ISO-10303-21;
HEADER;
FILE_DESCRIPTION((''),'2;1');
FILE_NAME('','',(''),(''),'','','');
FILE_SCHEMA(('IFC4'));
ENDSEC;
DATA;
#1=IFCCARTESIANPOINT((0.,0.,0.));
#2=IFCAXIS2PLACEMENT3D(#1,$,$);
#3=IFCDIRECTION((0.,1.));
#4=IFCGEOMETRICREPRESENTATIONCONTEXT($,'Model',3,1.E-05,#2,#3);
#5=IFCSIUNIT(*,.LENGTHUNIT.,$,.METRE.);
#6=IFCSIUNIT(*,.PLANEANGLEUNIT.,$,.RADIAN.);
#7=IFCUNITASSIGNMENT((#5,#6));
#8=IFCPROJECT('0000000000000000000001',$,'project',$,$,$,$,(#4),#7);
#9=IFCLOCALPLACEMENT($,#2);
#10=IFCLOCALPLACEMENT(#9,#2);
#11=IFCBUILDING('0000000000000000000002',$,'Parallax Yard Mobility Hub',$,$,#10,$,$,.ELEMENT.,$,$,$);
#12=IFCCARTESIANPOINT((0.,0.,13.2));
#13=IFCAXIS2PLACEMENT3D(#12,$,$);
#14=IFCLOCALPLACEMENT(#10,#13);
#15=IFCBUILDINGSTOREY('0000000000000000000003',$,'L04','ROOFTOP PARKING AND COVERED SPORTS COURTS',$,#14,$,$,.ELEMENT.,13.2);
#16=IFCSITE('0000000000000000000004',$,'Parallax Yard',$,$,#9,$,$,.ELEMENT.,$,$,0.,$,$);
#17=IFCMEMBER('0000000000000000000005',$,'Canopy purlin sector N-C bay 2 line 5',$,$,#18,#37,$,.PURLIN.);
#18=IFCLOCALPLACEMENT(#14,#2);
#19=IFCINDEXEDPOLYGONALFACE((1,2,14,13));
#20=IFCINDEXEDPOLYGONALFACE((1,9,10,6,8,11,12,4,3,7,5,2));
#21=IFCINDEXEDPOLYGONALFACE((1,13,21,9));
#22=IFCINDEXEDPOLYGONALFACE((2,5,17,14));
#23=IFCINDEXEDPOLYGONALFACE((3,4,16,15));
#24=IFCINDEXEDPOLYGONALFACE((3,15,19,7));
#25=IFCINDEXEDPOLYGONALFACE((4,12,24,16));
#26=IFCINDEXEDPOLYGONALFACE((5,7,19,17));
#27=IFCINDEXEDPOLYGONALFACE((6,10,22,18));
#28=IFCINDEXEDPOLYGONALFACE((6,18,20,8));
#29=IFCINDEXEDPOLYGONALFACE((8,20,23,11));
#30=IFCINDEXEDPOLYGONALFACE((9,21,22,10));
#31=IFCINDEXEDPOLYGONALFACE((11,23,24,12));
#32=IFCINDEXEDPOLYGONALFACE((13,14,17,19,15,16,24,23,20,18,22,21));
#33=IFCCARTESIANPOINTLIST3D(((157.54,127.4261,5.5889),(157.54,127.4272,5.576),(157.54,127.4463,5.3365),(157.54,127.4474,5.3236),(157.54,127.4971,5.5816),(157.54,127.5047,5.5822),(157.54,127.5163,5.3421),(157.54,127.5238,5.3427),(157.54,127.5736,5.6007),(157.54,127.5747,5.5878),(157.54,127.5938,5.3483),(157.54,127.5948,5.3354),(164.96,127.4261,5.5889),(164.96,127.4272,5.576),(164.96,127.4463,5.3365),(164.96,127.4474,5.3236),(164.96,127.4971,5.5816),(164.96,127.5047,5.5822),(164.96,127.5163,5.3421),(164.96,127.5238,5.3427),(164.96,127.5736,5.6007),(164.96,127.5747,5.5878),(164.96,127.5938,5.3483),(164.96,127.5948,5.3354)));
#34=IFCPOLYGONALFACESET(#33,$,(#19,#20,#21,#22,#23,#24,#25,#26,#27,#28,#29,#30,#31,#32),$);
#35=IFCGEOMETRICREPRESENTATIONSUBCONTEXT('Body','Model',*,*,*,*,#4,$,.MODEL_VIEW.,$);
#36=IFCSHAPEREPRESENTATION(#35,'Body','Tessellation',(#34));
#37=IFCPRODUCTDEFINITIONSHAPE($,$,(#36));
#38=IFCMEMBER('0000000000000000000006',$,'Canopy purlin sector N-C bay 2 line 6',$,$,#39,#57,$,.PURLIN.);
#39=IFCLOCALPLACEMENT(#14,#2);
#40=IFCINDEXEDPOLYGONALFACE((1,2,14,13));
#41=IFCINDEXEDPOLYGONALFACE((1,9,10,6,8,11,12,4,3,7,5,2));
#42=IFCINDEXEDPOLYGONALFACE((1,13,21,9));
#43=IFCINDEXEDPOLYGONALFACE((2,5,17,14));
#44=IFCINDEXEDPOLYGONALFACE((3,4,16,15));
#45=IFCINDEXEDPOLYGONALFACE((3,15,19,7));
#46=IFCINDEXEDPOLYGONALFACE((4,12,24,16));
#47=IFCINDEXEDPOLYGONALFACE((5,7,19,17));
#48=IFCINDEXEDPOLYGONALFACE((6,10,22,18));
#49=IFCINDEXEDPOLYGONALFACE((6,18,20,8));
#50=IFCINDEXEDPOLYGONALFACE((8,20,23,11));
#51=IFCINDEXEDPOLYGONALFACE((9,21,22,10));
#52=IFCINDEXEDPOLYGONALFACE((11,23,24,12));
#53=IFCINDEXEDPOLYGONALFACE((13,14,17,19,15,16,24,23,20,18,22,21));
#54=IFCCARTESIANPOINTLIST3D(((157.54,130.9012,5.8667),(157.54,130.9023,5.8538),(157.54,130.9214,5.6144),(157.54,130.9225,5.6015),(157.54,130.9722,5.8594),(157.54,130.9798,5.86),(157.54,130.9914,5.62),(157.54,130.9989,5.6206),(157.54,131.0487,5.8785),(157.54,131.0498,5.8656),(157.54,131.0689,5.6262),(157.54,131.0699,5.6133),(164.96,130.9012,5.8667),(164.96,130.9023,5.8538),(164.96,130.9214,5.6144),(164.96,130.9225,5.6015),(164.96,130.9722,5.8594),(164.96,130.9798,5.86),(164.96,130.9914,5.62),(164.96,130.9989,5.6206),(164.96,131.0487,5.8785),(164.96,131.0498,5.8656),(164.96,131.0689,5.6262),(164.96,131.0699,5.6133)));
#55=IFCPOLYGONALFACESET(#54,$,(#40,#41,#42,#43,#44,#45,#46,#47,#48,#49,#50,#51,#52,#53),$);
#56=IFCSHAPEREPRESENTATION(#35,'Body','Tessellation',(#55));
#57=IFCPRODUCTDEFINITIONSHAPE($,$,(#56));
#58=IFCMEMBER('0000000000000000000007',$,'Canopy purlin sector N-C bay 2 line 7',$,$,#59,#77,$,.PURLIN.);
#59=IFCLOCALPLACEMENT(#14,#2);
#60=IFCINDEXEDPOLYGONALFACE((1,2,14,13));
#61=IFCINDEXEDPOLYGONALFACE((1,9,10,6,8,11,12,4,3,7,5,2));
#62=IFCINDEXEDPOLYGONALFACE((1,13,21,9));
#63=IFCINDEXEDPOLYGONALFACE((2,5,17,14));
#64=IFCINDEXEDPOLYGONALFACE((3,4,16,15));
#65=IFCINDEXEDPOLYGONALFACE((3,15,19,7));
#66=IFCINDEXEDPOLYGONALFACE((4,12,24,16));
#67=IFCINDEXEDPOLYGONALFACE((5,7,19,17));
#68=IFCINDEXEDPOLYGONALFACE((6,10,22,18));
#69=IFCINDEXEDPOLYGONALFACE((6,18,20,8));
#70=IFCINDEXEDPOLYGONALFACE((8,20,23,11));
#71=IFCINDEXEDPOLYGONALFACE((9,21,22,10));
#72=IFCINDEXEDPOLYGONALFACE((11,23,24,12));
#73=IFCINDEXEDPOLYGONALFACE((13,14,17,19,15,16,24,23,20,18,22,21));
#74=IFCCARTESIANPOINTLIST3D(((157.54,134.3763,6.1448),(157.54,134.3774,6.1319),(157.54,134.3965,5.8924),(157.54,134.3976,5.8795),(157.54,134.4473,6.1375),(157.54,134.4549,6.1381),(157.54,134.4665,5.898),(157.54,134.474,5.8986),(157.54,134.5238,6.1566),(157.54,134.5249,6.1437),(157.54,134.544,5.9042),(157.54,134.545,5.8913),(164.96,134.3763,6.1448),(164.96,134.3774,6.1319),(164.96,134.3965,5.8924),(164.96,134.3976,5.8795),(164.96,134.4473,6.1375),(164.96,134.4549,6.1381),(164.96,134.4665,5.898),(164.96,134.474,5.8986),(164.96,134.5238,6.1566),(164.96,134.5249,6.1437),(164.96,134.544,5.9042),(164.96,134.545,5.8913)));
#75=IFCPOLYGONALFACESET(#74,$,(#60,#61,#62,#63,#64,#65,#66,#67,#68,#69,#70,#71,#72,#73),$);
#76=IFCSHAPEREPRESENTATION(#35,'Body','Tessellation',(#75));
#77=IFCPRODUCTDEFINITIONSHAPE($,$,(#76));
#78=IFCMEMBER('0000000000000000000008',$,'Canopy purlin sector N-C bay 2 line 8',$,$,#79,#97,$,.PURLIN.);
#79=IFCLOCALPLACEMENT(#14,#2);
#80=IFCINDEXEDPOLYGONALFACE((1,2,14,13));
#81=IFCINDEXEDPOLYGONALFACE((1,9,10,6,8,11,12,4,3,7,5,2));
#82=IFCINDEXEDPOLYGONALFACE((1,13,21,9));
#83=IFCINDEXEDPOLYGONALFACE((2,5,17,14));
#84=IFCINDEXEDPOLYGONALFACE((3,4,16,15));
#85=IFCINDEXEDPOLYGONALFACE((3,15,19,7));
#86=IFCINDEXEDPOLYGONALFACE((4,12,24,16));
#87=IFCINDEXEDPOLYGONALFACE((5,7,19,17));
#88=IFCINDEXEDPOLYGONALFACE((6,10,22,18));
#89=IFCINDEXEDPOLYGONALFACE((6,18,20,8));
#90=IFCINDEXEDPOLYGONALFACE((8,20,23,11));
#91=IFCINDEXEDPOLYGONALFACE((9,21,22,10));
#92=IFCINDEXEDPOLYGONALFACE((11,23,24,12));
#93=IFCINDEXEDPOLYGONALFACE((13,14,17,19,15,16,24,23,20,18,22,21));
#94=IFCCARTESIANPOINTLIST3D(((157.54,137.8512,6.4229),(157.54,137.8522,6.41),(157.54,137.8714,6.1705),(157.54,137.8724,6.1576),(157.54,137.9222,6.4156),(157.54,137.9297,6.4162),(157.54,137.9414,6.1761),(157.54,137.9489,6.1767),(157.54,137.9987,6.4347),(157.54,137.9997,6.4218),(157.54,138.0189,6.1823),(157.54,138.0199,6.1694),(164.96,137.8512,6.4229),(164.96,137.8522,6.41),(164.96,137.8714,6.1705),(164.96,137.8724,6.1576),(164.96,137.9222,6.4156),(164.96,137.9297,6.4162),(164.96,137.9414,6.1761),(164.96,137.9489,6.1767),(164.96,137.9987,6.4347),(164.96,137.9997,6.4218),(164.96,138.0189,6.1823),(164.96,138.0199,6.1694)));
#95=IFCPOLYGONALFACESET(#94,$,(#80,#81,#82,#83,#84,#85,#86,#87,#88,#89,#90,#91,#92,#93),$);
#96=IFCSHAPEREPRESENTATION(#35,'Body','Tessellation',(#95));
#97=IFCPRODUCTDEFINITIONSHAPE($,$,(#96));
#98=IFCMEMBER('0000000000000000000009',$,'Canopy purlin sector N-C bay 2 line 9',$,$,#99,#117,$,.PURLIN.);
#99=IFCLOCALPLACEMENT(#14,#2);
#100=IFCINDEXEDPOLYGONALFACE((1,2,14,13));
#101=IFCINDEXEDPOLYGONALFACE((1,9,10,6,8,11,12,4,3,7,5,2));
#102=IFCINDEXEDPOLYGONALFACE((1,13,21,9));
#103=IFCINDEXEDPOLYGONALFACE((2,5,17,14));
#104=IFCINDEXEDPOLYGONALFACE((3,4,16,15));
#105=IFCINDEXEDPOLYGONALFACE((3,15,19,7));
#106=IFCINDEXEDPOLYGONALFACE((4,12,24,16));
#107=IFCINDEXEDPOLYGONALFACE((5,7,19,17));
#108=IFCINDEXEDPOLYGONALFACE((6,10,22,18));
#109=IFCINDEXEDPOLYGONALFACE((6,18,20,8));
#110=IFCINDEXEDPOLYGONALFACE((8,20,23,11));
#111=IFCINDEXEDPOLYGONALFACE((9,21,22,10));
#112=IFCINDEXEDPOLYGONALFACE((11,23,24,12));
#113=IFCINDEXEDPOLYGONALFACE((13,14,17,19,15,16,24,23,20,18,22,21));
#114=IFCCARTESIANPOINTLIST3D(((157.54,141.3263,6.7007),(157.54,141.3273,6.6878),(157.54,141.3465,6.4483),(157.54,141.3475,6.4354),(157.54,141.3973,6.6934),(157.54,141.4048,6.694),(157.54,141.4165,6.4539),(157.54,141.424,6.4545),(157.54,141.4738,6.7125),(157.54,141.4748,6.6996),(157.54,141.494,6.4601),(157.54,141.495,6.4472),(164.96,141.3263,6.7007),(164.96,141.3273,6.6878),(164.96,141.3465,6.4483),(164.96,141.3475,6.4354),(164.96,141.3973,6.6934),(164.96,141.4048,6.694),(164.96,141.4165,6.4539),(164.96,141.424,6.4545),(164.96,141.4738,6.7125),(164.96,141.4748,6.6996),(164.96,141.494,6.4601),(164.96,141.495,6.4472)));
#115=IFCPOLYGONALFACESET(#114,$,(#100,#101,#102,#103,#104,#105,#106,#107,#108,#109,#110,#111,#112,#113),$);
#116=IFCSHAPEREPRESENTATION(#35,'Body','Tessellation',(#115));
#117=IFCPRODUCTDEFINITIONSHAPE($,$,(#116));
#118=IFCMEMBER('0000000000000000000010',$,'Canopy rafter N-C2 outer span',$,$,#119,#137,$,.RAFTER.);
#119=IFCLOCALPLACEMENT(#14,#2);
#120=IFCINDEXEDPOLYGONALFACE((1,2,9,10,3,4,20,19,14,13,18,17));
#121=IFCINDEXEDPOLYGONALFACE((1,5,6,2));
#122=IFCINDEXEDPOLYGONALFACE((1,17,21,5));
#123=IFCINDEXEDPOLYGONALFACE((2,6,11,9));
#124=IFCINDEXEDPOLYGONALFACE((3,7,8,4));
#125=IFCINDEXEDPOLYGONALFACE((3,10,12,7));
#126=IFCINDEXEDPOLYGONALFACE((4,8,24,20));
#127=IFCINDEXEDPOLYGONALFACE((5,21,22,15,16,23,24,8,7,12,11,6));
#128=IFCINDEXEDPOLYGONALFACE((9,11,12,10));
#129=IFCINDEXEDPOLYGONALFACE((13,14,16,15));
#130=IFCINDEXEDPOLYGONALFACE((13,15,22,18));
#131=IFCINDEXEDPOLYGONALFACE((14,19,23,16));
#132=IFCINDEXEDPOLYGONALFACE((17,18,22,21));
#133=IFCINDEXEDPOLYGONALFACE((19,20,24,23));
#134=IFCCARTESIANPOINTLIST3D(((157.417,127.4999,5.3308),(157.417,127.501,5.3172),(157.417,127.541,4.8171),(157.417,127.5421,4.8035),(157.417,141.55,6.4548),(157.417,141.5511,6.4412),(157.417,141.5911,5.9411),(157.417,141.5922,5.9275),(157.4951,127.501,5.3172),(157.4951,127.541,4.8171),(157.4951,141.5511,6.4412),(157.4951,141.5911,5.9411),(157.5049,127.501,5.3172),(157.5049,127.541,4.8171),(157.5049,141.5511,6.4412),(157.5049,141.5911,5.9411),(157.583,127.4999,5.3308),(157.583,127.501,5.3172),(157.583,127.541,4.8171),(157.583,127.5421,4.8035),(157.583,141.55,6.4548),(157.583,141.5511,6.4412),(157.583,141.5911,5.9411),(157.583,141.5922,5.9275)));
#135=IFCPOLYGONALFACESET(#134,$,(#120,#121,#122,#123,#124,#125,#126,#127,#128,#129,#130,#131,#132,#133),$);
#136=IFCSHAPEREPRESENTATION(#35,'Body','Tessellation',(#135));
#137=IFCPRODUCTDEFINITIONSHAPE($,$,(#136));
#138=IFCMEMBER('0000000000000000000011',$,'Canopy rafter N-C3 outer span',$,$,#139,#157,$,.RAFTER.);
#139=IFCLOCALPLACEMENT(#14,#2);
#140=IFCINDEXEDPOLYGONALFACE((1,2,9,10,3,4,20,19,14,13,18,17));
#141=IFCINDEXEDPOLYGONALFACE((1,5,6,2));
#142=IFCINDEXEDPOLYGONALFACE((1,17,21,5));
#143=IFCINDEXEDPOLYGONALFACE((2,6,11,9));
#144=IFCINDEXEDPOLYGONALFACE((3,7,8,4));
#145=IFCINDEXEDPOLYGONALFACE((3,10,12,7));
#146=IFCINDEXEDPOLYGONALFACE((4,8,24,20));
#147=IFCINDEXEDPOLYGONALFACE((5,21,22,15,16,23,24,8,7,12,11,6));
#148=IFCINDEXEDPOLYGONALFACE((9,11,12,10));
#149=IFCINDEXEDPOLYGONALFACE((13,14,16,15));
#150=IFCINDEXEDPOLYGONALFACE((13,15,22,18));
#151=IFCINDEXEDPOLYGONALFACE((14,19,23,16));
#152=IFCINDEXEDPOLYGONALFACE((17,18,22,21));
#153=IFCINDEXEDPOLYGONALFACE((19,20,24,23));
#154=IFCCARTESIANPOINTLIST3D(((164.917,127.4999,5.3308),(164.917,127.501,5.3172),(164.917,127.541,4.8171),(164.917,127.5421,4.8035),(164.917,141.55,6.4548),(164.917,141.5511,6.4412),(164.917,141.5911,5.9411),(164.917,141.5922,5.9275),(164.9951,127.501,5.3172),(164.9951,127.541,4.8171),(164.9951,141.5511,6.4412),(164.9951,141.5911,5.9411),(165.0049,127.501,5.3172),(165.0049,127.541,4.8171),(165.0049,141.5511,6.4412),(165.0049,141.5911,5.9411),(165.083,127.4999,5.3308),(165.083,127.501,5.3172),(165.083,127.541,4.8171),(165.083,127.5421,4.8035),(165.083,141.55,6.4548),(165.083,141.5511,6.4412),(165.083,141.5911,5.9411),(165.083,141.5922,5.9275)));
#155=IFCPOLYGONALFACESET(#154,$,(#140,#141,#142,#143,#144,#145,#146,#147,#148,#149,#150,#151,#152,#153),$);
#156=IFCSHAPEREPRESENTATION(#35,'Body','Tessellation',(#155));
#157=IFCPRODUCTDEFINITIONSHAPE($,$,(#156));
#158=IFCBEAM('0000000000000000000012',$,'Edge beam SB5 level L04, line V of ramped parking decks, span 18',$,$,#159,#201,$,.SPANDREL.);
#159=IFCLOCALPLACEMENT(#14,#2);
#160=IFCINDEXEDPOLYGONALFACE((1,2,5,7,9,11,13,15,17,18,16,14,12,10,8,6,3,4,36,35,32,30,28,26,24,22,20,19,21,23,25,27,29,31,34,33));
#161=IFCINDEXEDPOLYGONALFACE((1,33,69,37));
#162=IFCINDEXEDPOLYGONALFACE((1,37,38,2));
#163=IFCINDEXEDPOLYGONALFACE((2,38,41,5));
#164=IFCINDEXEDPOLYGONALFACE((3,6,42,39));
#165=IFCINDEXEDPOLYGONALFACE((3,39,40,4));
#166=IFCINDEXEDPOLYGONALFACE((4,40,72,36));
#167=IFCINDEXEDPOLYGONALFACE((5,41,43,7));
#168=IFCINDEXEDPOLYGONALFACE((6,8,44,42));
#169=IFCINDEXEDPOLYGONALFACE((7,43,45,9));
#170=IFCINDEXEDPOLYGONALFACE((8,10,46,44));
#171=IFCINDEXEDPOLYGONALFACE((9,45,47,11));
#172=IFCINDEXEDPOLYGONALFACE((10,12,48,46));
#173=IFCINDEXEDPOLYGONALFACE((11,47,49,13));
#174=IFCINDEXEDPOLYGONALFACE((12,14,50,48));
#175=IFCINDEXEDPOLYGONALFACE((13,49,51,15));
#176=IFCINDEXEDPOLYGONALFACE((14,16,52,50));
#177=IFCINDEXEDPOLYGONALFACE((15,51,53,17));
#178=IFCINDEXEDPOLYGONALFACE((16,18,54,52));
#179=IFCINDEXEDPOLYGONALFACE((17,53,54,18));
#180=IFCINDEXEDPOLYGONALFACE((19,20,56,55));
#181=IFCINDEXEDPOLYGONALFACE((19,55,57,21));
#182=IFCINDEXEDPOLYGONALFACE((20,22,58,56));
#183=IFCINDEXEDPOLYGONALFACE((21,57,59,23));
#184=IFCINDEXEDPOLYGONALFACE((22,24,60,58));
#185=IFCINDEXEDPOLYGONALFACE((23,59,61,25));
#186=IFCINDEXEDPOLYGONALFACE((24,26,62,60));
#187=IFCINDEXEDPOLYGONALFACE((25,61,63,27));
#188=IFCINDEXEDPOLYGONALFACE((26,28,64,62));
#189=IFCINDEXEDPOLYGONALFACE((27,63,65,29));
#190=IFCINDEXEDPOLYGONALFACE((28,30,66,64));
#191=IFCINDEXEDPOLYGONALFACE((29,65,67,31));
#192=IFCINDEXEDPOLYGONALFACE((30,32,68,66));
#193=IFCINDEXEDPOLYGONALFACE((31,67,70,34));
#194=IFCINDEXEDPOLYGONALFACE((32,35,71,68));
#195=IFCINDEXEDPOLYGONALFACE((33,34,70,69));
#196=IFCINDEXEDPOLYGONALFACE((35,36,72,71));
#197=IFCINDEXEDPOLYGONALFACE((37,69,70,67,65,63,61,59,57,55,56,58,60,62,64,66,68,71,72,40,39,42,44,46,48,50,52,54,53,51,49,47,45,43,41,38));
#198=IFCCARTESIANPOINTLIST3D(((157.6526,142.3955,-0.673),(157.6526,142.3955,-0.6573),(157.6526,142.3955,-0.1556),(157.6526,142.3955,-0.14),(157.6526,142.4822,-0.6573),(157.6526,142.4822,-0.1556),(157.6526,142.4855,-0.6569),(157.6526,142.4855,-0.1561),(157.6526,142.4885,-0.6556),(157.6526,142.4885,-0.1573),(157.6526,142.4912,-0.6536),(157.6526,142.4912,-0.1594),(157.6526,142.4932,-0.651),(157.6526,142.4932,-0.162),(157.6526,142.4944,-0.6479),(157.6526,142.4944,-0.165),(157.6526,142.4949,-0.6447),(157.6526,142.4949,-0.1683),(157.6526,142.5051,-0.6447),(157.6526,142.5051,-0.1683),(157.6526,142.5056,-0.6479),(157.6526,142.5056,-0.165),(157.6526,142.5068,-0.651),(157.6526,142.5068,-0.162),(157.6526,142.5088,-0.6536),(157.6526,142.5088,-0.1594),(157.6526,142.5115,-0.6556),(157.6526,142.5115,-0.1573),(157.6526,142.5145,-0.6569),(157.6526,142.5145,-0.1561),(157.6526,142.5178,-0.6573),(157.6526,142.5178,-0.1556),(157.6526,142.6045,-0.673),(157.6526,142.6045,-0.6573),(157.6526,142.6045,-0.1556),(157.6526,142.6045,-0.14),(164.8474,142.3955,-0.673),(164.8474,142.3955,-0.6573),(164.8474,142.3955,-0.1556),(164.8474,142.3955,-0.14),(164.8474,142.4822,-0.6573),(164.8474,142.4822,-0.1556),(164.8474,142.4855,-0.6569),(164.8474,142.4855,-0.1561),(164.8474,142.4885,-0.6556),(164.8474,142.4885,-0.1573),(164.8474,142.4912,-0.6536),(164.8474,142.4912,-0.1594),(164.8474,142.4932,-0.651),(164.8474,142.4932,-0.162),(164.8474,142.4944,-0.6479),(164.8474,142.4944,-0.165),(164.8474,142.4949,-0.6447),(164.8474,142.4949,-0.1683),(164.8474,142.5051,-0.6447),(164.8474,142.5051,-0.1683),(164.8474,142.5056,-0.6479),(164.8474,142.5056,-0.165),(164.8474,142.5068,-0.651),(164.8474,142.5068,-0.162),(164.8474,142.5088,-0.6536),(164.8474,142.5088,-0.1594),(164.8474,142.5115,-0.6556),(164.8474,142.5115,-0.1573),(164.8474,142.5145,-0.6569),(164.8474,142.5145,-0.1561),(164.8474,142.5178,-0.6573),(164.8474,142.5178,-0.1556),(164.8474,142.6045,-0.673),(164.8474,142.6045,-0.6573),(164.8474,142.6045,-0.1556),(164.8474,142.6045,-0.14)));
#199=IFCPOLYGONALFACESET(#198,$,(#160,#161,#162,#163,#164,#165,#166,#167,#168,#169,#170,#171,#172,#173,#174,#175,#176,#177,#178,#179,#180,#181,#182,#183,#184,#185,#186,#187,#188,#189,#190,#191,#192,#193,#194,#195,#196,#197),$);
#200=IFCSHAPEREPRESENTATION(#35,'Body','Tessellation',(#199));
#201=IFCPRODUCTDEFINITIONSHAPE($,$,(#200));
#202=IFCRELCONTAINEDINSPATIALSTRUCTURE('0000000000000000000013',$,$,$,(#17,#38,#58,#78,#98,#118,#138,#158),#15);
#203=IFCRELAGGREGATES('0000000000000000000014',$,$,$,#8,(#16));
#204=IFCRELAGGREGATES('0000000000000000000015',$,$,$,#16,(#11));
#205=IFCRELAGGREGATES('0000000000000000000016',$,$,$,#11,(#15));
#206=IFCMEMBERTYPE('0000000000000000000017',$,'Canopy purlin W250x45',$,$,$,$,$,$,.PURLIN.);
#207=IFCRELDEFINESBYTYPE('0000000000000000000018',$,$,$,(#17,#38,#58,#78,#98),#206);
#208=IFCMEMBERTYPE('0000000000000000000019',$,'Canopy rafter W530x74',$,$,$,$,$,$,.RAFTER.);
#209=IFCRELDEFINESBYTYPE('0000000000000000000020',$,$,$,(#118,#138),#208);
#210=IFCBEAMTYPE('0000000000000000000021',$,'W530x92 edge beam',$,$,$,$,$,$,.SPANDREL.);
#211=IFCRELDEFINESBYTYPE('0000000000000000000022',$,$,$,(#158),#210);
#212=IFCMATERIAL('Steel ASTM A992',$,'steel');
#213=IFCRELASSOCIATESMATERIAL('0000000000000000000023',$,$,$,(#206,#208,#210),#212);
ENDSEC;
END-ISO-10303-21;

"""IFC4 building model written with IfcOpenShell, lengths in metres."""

from ifc_helpers import new_model, si_unit, direction, frame, origin, origin_2d, place, context, subcontext, project, spatial, i_section, extrude, material, material_profile, profile_set, type_object, element, save


model = new_model("IFC4")

# Units and contexts
model_context = context("Model", 3, precision=1e-05, world=origin(), true_north=direction((0.0, 1.0)))
body_context = subcontext(model_context, "Body", "Model", "MODEL_VIEW")
ifc_project = project(units=[si_unit("LENGTHUNIT", "METRE"), si_unit("PLANEANGLEUNIT", "RADIAN")], contexts=[model_context])

# Site, building, storey
site_placement = place(None, origin())
site = spatial("IfcSite", under=ifc_project, at=site_placement, Name="Parallax Yard", CompositionType="ELEMENT", RefElevation=0.0)
building_placement = place(site_placement, origin())
building = spatial("IfcBuilding", under=site, at=building_placement, Name="Parallax Yard Mobility Hub", CompositionType="ELEMENT")
storey_placement = place(building_placement, frame((0.0, 0.0, 13.2)))
storey = spatial("IfcBuildingStorey", under=building, at=storey_placement, Name="L04", Description="ROOFTOP PARKING AND COVERED SPORTS COURTS", CompositionType="ELEMENT", Elevation=13.2)

# Members
ifc_material_1 = material(Name="Steel ASTM A992", Category="steel")
ifc_material_profile_1 = material_profile(ifc_material_1, i_section(OverallWidth=0.1479, OverallDepth=0.2661, WebThickness=0.0076, FlangeThickness=0.0129, at=origin_2d()), Name="W250x45")
ifc_profile_set_1 = profile_set([ifc_material_profile_1], Name="Steel ASTM A992")
member_type_1 = type_object("IfcMemberType", Name="Canopy purlin W250x45", PredefinedType="PURLIN", material=ifc_profile_set_1)
for number, where, z_axis, x_axis, name in (
    (1, (157.54, 127.5105, 5.4622), (1.0, 0.0, 0.0), (0.0, 0.996815, 0.079745), "Canopy purlin sector N-C bay 2 line 5"),
    (2, (157.54, 130.9856, 5.74), (1.0, 0.0, 0.0), (0.0, 0.996815, 0.079745), "Canopy purlin sector N-C bay 2 line 6"),
    (3, (157.54, 134.4607, 6.0181), (1.0, 0.0, 0.0), (0.0, 0.996815, 0.079745), "Canopy purlin sector N-C bay 2 line 7"),
    (4, (157.54, 137.9355, 6.2961), (1.0, 0.0, 0.0), (0.0, 0.996815, 0.079745), "Canopy purlin sector N-C bay 2 line 8"),
    (5, (157.54, 141.4106, 6.574), (1.0, 0.0, 0.0), (0.0, 0.996815, 0.079745), "Canopy purlin sector N-C bay 2 line 9"),
):
    element("IfcMember", number, at=place(storey_placement, frame(where, z_axis=z_axis, x_axis=x_axis)), inside=storey, type_object=member_type_1, Name=name, PredefinedType="PURLIN", context=body_context, shape_type="SweptSolid", body=[
        extrude(i_section(OverallWidth=0.1479, OverallDepth=0.2661, WebThickness=0.0076, FlangeThickness=0.0129, at=origin_2d()), origin(), (0.0, 0.0, 1.0), 7.4199),
    ])
ifc_material_profile_2 = material_profile(ifc_material_1, i_section(OverallWidth=0.166, OverallDepth=0.5291, WebThickness=0.0098, FlangeThickness=0.0137, at=origin_2d()), Name="W530x74")
ifc_profile_set_2 = profile_set([ifc_material_profile_2], Name="Steel ASTM A992")
member_type_2 = type_object("IfcMemberType", Name="Canopy rafter W530x74", PredefinedType="RAFTER", material=ifc_profile_set_2)
for number, where, z_axis, x_axis, name in (
    (6, (157.5, 127.521, 5.0671), (0.0, 0.996815, 0.079747), (-1.0, 0.0, 0.0), "Canopy rafter N-C2 outer span"),
    (7, (165.0, 127.521, 5.0671), (0.0, 0.996815, 0.079747), (-1.0, 0.0, 0.0), "Canopy rafter N-C3 outer span"),
):
    element("IfcMember", number, at=place(storey_placement, frame(where, z_axis=z_axis, x_axis=x_axis)), inside=storey, type_object=member_type_2, Name=name, PredefinedType="RAFTER", context=body_context, shape_type="SweptSolid", body=[
        extrude(i_section(OverallWidth=0.166, OverallDepth=0.5291, WebThickness=0.0098, FlangeThickness=0.0137, at=origin_2d()), origin(), (0.0, 0.0, 1.0), 14.095),
    ])

# Beam
ifc_material_profile_3 = material_profile(ifc_material_1, i_section(OverallWidth=0.209, OverallDepth=0.533, WebThickness=0.0103, FlangeThickness=0.0156, FilletRadius=0.0127, at=origin_2d()), Name="W530x92")
ifc_profile_set_3 = profile_set([ifc_material_profile_3], Name="Steel ASTM A992")
beam_type_1 = type_object("IfcBeamType", Name="W530x92 edge beam", PredefinedType="SPANDREL", material=ifc_profile_set_3)
for number, where, z_axis, x_axis, name in (
    (8, (157.6526, 142.5, -0.4065), (1.0, 0.0, 0.0), (0.0, 1.0, 0.0), "Edge beam SB5 level L04, line V of ramped parking decks, span 18"),
):
    element("IfcBeam", number, at=place(storey_placement, frame(where, z_axis=z_axis, x_axis=x_axis)), inside=storey, type_object=beam_type_1, Name=name, PredefinedType="SPANDREL", context=body_context, shape_type="SweptSolid", body=[
        extrude(i_section(OverallWidth=0.209, OverallDepth=0.533, WebThickness=0.0103, FlangeThickness=0.0156, FilletRadius=0.0127, at=origin_2d()), origin(), (0.0, 0.0, 1.0), 7.1948),
    ])

save(model, "model.ifc")
